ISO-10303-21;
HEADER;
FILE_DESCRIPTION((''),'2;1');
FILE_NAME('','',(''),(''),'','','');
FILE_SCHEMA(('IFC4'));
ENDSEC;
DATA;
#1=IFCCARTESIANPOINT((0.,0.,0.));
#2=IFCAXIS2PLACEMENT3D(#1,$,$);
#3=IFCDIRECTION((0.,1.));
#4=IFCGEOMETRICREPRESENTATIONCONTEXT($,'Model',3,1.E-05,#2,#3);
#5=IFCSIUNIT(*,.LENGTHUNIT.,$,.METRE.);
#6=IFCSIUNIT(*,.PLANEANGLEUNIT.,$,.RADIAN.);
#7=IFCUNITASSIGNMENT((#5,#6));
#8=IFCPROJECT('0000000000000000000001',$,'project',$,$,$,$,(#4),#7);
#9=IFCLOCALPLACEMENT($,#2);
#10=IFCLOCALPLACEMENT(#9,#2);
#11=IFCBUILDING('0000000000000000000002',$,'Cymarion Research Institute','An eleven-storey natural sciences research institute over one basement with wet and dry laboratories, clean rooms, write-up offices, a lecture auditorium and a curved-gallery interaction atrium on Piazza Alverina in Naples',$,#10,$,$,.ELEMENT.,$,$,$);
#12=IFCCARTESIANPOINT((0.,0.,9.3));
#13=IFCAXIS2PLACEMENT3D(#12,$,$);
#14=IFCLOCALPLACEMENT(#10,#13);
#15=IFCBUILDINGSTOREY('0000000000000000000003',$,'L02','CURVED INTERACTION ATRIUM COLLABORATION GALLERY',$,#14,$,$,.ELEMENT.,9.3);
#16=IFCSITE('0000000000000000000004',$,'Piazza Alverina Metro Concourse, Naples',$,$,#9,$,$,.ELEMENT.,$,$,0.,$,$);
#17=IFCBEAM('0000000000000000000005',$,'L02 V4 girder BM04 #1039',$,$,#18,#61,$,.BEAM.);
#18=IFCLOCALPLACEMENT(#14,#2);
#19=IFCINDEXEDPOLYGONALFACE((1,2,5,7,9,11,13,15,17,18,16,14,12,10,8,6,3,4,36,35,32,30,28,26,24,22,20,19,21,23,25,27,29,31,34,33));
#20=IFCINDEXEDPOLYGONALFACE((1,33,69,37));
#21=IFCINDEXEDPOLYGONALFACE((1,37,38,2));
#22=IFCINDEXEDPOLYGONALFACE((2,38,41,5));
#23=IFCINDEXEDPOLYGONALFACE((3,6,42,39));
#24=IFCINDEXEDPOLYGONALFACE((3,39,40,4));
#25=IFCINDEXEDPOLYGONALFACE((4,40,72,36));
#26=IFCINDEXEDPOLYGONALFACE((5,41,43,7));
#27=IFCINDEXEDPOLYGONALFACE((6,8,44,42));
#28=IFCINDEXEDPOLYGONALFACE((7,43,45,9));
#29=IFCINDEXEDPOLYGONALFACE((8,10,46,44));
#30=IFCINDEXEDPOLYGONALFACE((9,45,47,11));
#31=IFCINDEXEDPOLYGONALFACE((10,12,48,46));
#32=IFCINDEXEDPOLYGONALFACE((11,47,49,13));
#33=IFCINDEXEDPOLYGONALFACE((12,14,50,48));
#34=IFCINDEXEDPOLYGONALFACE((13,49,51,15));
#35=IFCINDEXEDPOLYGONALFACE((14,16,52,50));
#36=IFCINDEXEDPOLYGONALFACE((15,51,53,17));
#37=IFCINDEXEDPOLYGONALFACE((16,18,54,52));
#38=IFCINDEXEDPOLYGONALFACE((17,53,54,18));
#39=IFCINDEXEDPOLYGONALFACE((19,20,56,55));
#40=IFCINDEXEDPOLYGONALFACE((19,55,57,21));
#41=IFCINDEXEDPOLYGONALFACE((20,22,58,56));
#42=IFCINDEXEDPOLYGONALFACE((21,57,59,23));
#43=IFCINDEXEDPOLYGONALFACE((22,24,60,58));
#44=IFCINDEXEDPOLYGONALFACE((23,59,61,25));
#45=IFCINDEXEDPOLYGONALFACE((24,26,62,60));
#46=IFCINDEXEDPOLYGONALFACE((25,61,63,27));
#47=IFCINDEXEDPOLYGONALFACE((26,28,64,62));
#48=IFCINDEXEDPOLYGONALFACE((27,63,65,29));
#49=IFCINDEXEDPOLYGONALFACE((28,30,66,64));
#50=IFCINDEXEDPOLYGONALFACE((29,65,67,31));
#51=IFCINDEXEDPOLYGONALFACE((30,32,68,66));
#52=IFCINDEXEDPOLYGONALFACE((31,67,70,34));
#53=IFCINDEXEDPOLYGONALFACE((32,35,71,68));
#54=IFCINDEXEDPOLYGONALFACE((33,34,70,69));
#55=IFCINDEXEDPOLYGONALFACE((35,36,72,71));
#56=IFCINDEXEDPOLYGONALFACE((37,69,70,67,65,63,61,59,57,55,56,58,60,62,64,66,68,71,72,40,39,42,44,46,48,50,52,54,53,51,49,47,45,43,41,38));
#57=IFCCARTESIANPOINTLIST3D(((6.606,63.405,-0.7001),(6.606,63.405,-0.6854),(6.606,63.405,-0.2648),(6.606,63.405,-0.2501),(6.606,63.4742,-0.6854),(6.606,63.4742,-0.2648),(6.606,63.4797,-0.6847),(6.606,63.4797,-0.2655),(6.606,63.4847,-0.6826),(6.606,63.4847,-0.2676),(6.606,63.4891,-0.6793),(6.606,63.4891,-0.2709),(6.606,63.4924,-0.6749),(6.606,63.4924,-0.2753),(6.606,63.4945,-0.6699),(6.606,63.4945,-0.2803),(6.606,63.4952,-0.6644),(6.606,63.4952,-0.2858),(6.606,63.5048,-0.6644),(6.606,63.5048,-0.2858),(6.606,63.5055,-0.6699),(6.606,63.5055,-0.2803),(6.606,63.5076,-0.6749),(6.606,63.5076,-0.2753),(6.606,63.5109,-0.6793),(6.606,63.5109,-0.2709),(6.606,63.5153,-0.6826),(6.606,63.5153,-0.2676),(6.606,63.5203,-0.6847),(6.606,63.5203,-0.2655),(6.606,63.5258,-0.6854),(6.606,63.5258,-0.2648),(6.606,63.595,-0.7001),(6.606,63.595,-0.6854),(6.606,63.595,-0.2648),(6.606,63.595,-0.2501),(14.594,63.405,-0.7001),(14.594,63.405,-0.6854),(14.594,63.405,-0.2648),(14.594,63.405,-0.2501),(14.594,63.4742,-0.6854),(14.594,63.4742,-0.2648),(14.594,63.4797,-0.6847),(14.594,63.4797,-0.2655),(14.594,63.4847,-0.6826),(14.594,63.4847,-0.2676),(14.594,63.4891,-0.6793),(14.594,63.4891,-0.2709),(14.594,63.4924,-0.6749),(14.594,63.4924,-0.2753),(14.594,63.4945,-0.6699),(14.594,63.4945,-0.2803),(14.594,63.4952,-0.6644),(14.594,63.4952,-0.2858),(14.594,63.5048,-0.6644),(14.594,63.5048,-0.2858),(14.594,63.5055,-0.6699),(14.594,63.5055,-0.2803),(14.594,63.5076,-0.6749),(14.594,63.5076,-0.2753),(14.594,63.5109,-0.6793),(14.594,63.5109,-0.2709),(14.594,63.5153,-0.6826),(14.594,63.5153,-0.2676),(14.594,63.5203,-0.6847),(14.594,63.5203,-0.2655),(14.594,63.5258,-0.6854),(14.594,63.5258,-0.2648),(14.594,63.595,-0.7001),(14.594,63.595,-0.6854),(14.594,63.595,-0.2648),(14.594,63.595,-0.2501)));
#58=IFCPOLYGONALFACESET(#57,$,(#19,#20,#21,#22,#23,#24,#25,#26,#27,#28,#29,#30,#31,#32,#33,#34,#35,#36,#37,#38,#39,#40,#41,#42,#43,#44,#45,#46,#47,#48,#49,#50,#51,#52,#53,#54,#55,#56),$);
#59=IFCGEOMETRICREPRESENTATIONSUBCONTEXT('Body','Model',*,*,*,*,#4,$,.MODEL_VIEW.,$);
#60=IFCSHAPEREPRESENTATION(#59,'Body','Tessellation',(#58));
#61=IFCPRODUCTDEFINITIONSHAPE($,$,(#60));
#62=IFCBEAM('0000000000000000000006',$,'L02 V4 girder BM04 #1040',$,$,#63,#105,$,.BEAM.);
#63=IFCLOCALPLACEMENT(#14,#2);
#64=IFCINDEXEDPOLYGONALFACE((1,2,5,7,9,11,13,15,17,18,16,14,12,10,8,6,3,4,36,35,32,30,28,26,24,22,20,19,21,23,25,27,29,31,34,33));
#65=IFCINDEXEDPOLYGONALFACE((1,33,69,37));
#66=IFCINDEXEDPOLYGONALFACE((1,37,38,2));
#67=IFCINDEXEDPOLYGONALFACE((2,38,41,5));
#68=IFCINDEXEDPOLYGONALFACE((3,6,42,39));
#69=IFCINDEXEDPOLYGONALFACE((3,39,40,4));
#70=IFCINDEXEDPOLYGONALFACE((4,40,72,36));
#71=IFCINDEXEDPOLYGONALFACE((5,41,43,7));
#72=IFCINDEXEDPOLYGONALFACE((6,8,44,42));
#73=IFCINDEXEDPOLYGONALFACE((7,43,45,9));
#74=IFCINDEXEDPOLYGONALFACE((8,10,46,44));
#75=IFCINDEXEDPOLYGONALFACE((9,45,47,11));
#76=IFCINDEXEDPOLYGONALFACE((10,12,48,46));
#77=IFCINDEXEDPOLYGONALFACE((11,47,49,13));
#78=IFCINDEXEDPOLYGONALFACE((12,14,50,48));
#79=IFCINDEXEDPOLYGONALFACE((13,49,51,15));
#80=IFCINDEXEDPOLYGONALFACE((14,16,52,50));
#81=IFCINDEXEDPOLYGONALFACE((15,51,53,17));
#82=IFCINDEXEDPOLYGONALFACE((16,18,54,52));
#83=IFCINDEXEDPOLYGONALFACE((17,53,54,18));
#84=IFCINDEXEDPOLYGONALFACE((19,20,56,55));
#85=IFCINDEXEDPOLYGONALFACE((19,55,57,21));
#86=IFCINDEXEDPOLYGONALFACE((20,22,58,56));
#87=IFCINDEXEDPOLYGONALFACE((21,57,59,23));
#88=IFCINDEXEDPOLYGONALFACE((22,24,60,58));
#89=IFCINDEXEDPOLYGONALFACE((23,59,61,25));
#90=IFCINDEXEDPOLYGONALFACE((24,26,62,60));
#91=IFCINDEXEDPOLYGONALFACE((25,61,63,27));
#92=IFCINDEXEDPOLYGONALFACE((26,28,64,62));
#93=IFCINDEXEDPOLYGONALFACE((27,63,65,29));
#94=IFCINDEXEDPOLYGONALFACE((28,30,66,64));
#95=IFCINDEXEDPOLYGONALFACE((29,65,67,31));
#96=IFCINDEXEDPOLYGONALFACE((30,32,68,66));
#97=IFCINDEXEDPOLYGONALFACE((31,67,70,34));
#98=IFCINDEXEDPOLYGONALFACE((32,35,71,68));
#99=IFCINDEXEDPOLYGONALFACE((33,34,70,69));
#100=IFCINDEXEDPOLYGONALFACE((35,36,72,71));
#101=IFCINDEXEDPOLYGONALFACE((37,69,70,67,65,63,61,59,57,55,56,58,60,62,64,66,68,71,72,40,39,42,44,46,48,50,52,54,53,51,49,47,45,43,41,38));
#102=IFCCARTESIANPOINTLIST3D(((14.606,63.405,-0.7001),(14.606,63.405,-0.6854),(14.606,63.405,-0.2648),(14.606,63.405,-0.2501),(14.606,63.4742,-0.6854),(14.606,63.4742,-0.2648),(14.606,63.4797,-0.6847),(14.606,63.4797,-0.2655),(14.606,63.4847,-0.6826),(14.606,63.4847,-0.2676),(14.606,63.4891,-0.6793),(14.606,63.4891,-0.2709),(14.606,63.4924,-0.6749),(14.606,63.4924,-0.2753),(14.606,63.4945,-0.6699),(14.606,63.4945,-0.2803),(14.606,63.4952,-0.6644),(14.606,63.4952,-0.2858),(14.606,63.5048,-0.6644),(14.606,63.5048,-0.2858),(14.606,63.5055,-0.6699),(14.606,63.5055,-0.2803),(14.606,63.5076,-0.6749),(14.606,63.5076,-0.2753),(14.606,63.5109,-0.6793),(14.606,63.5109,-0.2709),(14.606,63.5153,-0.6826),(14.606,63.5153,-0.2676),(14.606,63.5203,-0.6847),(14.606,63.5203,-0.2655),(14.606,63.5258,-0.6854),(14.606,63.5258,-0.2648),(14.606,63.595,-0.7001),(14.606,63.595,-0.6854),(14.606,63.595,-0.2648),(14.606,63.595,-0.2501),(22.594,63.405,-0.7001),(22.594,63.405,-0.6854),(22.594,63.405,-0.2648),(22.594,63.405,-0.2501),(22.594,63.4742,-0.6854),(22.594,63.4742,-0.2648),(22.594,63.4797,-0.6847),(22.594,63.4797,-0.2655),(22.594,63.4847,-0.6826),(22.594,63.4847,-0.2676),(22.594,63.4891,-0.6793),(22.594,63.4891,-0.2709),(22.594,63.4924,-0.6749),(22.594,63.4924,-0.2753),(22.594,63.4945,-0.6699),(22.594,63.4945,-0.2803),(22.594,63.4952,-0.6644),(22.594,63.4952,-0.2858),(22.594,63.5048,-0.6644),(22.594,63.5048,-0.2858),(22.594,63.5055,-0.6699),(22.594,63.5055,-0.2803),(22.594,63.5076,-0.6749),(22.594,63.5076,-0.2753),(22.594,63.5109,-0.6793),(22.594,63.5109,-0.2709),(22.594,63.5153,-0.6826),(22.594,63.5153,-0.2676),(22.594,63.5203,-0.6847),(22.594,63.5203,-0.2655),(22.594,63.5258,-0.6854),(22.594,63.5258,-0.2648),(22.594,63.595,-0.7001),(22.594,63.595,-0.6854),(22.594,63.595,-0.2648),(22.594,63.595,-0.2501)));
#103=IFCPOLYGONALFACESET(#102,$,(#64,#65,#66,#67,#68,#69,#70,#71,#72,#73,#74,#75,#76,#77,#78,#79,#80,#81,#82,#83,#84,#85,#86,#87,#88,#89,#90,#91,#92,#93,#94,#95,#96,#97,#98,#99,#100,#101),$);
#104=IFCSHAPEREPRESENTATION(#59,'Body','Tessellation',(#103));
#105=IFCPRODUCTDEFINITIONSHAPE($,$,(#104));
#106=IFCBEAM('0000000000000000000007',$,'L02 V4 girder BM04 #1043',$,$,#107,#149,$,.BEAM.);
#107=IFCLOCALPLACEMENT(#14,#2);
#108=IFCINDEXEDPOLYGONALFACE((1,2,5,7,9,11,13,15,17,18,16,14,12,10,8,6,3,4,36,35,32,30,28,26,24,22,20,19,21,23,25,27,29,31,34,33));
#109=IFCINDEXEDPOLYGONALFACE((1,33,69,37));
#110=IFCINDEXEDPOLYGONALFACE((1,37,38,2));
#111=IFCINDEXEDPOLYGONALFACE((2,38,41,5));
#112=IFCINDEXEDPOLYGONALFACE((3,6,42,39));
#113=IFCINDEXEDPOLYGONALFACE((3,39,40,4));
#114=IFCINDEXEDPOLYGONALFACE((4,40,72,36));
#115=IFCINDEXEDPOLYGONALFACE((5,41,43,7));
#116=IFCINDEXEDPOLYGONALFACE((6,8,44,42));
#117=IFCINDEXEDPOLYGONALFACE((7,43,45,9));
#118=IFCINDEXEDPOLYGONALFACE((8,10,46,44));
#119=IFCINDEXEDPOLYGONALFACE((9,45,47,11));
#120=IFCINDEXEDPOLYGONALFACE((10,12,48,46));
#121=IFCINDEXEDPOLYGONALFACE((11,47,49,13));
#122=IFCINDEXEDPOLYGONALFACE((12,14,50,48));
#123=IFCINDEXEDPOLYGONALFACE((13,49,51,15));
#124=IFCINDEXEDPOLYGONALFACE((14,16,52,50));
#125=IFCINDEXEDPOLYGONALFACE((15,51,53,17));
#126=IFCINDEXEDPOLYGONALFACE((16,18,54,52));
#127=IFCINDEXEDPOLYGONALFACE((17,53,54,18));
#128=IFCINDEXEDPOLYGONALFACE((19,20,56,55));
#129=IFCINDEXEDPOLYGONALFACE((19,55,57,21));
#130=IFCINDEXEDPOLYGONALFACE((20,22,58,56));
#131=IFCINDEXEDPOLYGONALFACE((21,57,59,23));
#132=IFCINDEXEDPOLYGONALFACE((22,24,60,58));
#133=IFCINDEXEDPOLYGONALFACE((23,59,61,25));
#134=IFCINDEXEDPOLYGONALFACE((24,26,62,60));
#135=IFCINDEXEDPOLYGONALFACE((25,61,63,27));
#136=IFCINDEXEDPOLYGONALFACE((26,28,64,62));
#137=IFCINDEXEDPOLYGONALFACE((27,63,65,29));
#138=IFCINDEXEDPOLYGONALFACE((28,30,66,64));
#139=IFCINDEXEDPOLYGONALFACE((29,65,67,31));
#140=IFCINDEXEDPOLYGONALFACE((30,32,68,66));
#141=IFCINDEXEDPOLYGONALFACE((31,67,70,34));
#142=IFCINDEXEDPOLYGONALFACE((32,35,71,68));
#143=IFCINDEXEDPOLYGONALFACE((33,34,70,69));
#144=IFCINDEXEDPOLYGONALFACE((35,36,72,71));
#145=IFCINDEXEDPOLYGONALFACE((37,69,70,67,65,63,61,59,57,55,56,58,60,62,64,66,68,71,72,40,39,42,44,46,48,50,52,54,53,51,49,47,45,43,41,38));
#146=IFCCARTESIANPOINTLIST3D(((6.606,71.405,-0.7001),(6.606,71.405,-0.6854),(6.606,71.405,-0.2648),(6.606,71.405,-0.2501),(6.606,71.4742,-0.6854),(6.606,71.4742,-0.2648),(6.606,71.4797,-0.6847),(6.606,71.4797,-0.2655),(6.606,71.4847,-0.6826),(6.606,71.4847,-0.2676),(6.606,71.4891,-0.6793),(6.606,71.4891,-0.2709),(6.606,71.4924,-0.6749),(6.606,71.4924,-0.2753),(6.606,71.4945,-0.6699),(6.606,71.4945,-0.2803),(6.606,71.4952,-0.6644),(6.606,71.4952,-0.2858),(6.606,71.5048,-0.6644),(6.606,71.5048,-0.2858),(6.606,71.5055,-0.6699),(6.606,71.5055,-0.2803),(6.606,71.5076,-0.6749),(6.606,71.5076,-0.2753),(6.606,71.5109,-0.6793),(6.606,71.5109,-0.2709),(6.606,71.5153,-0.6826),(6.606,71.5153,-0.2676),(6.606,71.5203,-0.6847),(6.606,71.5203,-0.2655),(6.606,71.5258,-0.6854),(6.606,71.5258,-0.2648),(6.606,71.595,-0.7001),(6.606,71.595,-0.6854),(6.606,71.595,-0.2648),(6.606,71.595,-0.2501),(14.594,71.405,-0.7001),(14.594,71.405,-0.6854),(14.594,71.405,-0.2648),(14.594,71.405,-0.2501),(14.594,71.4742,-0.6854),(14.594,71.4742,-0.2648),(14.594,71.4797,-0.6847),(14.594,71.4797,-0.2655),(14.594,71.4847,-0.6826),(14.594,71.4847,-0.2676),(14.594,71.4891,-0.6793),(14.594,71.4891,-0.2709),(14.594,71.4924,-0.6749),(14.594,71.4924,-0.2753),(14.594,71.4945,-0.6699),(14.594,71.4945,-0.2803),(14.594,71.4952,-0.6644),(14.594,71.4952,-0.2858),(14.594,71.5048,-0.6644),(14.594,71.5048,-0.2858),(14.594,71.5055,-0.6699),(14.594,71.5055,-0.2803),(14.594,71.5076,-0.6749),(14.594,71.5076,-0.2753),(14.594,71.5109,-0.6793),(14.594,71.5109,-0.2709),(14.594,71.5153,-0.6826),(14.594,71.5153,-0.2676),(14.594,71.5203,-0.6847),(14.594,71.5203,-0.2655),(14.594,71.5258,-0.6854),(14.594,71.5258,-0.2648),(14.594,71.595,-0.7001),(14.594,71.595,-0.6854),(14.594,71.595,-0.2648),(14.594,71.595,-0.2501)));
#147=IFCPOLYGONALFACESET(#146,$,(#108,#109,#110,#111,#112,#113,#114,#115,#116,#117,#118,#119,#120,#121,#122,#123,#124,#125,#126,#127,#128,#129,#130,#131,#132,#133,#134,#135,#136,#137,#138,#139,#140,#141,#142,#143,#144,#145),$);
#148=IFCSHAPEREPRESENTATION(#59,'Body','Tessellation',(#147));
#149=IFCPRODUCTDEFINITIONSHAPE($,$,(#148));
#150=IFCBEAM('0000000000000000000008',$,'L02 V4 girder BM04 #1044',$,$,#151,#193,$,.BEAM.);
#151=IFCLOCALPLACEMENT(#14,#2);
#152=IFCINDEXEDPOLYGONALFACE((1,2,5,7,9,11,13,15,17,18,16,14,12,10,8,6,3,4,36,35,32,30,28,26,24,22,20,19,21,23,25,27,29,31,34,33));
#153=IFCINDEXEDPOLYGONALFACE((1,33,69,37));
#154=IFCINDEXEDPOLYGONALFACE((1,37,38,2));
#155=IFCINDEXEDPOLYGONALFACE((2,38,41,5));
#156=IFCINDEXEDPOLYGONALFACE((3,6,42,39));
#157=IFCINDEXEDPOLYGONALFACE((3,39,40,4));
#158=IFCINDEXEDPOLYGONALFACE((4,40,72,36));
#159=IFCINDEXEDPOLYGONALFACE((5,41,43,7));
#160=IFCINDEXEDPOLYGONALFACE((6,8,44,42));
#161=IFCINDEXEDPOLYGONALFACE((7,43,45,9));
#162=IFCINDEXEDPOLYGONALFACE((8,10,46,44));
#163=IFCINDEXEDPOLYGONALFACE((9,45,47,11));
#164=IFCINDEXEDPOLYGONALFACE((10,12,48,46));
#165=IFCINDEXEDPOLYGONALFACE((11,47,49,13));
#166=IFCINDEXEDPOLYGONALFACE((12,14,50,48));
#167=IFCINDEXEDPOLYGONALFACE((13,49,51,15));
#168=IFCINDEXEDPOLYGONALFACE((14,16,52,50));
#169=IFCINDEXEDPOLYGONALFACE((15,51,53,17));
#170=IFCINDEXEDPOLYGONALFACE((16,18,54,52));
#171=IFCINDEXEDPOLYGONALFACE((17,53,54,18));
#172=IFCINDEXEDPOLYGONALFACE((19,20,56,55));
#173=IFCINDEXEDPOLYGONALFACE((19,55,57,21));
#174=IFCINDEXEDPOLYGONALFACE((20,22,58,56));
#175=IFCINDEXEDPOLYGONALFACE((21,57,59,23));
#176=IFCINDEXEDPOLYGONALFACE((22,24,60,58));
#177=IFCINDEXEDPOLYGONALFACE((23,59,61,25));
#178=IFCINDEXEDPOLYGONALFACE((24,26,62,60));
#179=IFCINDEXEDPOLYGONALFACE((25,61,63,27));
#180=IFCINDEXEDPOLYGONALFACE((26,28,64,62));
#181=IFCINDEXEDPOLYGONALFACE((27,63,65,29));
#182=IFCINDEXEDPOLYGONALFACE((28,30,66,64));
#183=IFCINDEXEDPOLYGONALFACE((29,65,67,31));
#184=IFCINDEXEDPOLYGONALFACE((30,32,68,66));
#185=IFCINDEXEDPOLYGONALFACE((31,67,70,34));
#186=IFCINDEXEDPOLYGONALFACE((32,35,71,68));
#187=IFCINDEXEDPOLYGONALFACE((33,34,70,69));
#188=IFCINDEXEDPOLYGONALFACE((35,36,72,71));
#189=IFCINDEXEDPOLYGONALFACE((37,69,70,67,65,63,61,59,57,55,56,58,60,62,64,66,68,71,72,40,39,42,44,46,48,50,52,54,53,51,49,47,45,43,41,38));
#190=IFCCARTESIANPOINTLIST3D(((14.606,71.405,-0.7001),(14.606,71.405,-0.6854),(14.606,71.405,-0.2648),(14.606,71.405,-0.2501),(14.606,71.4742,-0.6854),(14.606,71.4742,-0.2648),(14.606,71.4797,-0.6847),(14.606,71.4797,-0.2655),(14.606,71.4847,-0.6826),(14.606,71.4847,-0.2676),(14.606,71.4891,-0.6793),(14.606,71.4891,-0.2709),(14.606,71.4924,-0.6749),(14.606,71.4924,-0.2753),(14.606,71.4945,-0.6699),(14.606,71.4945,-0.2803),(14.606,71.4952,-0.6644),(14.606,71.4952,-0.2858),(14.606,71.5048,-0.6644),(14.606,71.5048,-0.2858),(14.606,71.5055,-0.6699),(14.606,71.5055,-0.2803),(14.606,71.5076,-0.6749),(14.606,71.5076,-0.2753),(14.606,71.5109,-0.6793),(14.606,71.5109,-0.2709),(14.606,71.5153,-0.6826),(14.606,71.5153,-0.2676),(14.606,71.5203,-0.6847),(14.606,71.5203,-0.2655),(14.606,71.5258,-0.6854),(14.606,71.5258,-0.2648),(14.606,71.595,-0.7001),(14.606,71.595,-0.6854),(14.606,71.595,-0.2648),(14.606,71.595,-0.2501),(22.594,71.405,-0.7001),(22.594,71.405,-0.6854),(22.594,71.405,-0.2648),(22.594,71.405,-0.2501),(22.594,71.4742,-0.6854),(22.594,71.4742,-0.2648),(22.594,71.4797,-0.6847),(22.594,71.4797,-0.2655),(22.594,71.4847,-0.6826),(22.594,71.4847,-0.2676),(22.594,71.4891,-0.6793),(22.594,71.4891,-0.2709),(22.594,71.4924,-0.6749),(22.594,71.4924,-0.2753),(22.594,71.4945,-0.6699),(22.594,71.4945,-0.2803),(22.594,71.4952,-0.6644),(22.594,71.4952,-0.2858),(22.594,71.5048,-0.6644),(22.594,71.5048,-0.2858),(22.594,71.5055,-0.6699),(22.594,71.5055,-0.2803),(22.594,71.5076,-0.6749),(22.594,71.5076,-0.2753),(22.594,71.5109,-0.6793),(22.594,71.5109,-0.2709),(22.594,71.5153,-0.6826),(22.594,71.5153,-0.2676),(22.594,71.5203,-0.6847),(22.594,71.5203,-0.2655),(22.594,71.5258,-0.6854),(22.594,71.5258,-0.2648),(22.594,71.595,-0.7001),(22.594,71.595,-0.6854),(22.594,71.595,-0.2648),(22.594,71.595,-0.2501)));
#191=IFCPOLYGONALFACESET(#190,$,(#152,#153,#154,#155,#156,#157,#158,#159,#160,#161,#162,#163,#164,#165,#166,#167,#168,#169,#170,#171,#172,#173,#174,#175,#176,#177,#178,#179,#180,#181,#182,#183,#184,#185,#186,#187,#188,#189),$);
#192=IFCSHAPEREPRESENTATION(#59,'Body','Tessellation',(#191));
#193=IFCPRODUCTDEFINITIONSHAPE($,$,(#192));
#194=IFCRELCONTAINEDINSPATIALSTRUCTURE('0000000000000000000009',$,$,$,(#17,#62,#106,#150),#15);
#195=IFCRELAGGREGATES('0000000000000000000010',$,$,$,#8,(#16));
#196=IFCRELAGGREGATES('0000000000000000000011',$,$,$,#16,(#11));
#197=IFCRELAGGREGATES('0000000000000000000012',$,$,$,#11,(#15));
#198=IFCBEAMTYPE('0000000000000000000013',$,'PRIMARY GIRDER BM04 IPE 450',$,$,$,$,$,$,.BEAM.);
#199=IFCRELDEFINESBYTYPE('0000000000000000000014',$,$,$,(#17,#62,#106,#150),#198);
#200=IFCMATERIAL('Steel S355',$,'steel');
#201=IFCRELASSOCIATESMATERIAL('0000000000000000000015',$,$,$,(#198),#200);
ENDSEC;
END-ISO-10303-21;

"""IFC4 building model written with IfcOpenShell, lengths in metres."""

from ifc_helpers import new_model, si_unit, direction, frame, origin, origin_2d, place, context, subcontext, project, spatial, i_section, extrude, material, material_profile, profile_set, type_object, element, save


model = new_model("IFC4")

# Units and contexts
model_context = context("Model", 3, precision=1e-05, world=origin(), true_north=direction((0.0, 1.0)))
body_context = subcontext(model_context, "Body", "Model", "MODEL_VIEW")
ifc_project = project(units=[si_unit("LENGTHUNIT", "METRE"), si_unit("PLANEANGLEUNIT", "RADIAN")], contexts=[model_context])

# Site, building, storey
site_placement = place(None, origin())
site = spatial("IfcSite", under=ifc_project, at=site_placement, Name="Piazza Alverina Metro Concourse, Naples", CompositionType="ELEMENT", RefElevation=0.0)
building_placement = place(site_placement, origin())
building = spatial("IfcBuilding", under=site, at=building_placement, Name="Cymarion Research Institute", Description="An eleven-storey natural sciences research institute over one basement with wet and dry laboratories, clean rooms, write-up offices, a lecture auditorium and a curved-gallery interaction atrium on Piazza Alverina in Naples", CompositionType="ELEMENT")
storey_placement = place(building_placement, frame((0.0, 0.0, 9.3)))
storey = spatial("IfcBuildingStorey", under=building, at=storey_placement, Name="L02", Description="CURVED INTERACTION ATRIUM COLLABORATION GALLERY", CompositionType="ELEMENT", Elevation=9.3)

# Shared definitions
ifc_material_1 = material(Name="Steel S355", Category="steel")

# Beams
ifc_material_profile_1 = material_profile(ifc_material_1, i_section(OverallWidth=0.1899, OverallDepth=0.45, WebThickness=0.0095, FlangeThickness=0.0146, FilletRadius=0.021, at=origin_2d()), Name="IPE 450")
ifc_profile_set_1 = profile_set([ifc_material_profile_1], Name="Steel S355")
beam_type_1 = type_object("IfcBeamType", Name="PRIMARY GIRDER BM04 IPE 450", PredefinedType="BEAM", material=ifc_profile_set_1)
for number, where, z_axis, x_axis, name in (
    (1, (6.606, 63.5, -0.4751), (1.0, 0.0, 0.0), (0.0, 1.0, 0.0), "L02 V4 girder BM04 #1039"),
    (2, (14.606, 63.5, -0.4751), (1.0, 0.0, 0.0), (0.0, 1.0, 0.0), "L02 V4 girder BM04 #1040"),
    (3, (6.606, 71.5, -0.4751), (1.0, 0.0, 0.0), (0.0, 1.0, 0.0), "L02 V4 girder BM04 #1043"),
    (4, (14.606, 71.5, -0.4751), (1.0, 0.0, 0.0), (0.0, 1.0, 0.0), "L02 V4 girder BM04 #1044"),
):
    element("IfcBeam", number, at=place(storey_placement, frame(where, z_axis=z_axis, x_axis=x_axis)), inside=storey, type_object=beam_type_1, Name=name, PredefinedType="BEAM", context=body_context, shape_type="SweptSolid", body=[
        extrude(i_section(OverallWidth=0.1899, OverallDepth=0.45, WebThickness=0.0095, FlangeThickness=0.0146, FilletRadius=0.021, at=origin_2d()), origin(), (0.0, 0.0, 1.0), 7.988),
    ])

save(model, "model.ifc")
